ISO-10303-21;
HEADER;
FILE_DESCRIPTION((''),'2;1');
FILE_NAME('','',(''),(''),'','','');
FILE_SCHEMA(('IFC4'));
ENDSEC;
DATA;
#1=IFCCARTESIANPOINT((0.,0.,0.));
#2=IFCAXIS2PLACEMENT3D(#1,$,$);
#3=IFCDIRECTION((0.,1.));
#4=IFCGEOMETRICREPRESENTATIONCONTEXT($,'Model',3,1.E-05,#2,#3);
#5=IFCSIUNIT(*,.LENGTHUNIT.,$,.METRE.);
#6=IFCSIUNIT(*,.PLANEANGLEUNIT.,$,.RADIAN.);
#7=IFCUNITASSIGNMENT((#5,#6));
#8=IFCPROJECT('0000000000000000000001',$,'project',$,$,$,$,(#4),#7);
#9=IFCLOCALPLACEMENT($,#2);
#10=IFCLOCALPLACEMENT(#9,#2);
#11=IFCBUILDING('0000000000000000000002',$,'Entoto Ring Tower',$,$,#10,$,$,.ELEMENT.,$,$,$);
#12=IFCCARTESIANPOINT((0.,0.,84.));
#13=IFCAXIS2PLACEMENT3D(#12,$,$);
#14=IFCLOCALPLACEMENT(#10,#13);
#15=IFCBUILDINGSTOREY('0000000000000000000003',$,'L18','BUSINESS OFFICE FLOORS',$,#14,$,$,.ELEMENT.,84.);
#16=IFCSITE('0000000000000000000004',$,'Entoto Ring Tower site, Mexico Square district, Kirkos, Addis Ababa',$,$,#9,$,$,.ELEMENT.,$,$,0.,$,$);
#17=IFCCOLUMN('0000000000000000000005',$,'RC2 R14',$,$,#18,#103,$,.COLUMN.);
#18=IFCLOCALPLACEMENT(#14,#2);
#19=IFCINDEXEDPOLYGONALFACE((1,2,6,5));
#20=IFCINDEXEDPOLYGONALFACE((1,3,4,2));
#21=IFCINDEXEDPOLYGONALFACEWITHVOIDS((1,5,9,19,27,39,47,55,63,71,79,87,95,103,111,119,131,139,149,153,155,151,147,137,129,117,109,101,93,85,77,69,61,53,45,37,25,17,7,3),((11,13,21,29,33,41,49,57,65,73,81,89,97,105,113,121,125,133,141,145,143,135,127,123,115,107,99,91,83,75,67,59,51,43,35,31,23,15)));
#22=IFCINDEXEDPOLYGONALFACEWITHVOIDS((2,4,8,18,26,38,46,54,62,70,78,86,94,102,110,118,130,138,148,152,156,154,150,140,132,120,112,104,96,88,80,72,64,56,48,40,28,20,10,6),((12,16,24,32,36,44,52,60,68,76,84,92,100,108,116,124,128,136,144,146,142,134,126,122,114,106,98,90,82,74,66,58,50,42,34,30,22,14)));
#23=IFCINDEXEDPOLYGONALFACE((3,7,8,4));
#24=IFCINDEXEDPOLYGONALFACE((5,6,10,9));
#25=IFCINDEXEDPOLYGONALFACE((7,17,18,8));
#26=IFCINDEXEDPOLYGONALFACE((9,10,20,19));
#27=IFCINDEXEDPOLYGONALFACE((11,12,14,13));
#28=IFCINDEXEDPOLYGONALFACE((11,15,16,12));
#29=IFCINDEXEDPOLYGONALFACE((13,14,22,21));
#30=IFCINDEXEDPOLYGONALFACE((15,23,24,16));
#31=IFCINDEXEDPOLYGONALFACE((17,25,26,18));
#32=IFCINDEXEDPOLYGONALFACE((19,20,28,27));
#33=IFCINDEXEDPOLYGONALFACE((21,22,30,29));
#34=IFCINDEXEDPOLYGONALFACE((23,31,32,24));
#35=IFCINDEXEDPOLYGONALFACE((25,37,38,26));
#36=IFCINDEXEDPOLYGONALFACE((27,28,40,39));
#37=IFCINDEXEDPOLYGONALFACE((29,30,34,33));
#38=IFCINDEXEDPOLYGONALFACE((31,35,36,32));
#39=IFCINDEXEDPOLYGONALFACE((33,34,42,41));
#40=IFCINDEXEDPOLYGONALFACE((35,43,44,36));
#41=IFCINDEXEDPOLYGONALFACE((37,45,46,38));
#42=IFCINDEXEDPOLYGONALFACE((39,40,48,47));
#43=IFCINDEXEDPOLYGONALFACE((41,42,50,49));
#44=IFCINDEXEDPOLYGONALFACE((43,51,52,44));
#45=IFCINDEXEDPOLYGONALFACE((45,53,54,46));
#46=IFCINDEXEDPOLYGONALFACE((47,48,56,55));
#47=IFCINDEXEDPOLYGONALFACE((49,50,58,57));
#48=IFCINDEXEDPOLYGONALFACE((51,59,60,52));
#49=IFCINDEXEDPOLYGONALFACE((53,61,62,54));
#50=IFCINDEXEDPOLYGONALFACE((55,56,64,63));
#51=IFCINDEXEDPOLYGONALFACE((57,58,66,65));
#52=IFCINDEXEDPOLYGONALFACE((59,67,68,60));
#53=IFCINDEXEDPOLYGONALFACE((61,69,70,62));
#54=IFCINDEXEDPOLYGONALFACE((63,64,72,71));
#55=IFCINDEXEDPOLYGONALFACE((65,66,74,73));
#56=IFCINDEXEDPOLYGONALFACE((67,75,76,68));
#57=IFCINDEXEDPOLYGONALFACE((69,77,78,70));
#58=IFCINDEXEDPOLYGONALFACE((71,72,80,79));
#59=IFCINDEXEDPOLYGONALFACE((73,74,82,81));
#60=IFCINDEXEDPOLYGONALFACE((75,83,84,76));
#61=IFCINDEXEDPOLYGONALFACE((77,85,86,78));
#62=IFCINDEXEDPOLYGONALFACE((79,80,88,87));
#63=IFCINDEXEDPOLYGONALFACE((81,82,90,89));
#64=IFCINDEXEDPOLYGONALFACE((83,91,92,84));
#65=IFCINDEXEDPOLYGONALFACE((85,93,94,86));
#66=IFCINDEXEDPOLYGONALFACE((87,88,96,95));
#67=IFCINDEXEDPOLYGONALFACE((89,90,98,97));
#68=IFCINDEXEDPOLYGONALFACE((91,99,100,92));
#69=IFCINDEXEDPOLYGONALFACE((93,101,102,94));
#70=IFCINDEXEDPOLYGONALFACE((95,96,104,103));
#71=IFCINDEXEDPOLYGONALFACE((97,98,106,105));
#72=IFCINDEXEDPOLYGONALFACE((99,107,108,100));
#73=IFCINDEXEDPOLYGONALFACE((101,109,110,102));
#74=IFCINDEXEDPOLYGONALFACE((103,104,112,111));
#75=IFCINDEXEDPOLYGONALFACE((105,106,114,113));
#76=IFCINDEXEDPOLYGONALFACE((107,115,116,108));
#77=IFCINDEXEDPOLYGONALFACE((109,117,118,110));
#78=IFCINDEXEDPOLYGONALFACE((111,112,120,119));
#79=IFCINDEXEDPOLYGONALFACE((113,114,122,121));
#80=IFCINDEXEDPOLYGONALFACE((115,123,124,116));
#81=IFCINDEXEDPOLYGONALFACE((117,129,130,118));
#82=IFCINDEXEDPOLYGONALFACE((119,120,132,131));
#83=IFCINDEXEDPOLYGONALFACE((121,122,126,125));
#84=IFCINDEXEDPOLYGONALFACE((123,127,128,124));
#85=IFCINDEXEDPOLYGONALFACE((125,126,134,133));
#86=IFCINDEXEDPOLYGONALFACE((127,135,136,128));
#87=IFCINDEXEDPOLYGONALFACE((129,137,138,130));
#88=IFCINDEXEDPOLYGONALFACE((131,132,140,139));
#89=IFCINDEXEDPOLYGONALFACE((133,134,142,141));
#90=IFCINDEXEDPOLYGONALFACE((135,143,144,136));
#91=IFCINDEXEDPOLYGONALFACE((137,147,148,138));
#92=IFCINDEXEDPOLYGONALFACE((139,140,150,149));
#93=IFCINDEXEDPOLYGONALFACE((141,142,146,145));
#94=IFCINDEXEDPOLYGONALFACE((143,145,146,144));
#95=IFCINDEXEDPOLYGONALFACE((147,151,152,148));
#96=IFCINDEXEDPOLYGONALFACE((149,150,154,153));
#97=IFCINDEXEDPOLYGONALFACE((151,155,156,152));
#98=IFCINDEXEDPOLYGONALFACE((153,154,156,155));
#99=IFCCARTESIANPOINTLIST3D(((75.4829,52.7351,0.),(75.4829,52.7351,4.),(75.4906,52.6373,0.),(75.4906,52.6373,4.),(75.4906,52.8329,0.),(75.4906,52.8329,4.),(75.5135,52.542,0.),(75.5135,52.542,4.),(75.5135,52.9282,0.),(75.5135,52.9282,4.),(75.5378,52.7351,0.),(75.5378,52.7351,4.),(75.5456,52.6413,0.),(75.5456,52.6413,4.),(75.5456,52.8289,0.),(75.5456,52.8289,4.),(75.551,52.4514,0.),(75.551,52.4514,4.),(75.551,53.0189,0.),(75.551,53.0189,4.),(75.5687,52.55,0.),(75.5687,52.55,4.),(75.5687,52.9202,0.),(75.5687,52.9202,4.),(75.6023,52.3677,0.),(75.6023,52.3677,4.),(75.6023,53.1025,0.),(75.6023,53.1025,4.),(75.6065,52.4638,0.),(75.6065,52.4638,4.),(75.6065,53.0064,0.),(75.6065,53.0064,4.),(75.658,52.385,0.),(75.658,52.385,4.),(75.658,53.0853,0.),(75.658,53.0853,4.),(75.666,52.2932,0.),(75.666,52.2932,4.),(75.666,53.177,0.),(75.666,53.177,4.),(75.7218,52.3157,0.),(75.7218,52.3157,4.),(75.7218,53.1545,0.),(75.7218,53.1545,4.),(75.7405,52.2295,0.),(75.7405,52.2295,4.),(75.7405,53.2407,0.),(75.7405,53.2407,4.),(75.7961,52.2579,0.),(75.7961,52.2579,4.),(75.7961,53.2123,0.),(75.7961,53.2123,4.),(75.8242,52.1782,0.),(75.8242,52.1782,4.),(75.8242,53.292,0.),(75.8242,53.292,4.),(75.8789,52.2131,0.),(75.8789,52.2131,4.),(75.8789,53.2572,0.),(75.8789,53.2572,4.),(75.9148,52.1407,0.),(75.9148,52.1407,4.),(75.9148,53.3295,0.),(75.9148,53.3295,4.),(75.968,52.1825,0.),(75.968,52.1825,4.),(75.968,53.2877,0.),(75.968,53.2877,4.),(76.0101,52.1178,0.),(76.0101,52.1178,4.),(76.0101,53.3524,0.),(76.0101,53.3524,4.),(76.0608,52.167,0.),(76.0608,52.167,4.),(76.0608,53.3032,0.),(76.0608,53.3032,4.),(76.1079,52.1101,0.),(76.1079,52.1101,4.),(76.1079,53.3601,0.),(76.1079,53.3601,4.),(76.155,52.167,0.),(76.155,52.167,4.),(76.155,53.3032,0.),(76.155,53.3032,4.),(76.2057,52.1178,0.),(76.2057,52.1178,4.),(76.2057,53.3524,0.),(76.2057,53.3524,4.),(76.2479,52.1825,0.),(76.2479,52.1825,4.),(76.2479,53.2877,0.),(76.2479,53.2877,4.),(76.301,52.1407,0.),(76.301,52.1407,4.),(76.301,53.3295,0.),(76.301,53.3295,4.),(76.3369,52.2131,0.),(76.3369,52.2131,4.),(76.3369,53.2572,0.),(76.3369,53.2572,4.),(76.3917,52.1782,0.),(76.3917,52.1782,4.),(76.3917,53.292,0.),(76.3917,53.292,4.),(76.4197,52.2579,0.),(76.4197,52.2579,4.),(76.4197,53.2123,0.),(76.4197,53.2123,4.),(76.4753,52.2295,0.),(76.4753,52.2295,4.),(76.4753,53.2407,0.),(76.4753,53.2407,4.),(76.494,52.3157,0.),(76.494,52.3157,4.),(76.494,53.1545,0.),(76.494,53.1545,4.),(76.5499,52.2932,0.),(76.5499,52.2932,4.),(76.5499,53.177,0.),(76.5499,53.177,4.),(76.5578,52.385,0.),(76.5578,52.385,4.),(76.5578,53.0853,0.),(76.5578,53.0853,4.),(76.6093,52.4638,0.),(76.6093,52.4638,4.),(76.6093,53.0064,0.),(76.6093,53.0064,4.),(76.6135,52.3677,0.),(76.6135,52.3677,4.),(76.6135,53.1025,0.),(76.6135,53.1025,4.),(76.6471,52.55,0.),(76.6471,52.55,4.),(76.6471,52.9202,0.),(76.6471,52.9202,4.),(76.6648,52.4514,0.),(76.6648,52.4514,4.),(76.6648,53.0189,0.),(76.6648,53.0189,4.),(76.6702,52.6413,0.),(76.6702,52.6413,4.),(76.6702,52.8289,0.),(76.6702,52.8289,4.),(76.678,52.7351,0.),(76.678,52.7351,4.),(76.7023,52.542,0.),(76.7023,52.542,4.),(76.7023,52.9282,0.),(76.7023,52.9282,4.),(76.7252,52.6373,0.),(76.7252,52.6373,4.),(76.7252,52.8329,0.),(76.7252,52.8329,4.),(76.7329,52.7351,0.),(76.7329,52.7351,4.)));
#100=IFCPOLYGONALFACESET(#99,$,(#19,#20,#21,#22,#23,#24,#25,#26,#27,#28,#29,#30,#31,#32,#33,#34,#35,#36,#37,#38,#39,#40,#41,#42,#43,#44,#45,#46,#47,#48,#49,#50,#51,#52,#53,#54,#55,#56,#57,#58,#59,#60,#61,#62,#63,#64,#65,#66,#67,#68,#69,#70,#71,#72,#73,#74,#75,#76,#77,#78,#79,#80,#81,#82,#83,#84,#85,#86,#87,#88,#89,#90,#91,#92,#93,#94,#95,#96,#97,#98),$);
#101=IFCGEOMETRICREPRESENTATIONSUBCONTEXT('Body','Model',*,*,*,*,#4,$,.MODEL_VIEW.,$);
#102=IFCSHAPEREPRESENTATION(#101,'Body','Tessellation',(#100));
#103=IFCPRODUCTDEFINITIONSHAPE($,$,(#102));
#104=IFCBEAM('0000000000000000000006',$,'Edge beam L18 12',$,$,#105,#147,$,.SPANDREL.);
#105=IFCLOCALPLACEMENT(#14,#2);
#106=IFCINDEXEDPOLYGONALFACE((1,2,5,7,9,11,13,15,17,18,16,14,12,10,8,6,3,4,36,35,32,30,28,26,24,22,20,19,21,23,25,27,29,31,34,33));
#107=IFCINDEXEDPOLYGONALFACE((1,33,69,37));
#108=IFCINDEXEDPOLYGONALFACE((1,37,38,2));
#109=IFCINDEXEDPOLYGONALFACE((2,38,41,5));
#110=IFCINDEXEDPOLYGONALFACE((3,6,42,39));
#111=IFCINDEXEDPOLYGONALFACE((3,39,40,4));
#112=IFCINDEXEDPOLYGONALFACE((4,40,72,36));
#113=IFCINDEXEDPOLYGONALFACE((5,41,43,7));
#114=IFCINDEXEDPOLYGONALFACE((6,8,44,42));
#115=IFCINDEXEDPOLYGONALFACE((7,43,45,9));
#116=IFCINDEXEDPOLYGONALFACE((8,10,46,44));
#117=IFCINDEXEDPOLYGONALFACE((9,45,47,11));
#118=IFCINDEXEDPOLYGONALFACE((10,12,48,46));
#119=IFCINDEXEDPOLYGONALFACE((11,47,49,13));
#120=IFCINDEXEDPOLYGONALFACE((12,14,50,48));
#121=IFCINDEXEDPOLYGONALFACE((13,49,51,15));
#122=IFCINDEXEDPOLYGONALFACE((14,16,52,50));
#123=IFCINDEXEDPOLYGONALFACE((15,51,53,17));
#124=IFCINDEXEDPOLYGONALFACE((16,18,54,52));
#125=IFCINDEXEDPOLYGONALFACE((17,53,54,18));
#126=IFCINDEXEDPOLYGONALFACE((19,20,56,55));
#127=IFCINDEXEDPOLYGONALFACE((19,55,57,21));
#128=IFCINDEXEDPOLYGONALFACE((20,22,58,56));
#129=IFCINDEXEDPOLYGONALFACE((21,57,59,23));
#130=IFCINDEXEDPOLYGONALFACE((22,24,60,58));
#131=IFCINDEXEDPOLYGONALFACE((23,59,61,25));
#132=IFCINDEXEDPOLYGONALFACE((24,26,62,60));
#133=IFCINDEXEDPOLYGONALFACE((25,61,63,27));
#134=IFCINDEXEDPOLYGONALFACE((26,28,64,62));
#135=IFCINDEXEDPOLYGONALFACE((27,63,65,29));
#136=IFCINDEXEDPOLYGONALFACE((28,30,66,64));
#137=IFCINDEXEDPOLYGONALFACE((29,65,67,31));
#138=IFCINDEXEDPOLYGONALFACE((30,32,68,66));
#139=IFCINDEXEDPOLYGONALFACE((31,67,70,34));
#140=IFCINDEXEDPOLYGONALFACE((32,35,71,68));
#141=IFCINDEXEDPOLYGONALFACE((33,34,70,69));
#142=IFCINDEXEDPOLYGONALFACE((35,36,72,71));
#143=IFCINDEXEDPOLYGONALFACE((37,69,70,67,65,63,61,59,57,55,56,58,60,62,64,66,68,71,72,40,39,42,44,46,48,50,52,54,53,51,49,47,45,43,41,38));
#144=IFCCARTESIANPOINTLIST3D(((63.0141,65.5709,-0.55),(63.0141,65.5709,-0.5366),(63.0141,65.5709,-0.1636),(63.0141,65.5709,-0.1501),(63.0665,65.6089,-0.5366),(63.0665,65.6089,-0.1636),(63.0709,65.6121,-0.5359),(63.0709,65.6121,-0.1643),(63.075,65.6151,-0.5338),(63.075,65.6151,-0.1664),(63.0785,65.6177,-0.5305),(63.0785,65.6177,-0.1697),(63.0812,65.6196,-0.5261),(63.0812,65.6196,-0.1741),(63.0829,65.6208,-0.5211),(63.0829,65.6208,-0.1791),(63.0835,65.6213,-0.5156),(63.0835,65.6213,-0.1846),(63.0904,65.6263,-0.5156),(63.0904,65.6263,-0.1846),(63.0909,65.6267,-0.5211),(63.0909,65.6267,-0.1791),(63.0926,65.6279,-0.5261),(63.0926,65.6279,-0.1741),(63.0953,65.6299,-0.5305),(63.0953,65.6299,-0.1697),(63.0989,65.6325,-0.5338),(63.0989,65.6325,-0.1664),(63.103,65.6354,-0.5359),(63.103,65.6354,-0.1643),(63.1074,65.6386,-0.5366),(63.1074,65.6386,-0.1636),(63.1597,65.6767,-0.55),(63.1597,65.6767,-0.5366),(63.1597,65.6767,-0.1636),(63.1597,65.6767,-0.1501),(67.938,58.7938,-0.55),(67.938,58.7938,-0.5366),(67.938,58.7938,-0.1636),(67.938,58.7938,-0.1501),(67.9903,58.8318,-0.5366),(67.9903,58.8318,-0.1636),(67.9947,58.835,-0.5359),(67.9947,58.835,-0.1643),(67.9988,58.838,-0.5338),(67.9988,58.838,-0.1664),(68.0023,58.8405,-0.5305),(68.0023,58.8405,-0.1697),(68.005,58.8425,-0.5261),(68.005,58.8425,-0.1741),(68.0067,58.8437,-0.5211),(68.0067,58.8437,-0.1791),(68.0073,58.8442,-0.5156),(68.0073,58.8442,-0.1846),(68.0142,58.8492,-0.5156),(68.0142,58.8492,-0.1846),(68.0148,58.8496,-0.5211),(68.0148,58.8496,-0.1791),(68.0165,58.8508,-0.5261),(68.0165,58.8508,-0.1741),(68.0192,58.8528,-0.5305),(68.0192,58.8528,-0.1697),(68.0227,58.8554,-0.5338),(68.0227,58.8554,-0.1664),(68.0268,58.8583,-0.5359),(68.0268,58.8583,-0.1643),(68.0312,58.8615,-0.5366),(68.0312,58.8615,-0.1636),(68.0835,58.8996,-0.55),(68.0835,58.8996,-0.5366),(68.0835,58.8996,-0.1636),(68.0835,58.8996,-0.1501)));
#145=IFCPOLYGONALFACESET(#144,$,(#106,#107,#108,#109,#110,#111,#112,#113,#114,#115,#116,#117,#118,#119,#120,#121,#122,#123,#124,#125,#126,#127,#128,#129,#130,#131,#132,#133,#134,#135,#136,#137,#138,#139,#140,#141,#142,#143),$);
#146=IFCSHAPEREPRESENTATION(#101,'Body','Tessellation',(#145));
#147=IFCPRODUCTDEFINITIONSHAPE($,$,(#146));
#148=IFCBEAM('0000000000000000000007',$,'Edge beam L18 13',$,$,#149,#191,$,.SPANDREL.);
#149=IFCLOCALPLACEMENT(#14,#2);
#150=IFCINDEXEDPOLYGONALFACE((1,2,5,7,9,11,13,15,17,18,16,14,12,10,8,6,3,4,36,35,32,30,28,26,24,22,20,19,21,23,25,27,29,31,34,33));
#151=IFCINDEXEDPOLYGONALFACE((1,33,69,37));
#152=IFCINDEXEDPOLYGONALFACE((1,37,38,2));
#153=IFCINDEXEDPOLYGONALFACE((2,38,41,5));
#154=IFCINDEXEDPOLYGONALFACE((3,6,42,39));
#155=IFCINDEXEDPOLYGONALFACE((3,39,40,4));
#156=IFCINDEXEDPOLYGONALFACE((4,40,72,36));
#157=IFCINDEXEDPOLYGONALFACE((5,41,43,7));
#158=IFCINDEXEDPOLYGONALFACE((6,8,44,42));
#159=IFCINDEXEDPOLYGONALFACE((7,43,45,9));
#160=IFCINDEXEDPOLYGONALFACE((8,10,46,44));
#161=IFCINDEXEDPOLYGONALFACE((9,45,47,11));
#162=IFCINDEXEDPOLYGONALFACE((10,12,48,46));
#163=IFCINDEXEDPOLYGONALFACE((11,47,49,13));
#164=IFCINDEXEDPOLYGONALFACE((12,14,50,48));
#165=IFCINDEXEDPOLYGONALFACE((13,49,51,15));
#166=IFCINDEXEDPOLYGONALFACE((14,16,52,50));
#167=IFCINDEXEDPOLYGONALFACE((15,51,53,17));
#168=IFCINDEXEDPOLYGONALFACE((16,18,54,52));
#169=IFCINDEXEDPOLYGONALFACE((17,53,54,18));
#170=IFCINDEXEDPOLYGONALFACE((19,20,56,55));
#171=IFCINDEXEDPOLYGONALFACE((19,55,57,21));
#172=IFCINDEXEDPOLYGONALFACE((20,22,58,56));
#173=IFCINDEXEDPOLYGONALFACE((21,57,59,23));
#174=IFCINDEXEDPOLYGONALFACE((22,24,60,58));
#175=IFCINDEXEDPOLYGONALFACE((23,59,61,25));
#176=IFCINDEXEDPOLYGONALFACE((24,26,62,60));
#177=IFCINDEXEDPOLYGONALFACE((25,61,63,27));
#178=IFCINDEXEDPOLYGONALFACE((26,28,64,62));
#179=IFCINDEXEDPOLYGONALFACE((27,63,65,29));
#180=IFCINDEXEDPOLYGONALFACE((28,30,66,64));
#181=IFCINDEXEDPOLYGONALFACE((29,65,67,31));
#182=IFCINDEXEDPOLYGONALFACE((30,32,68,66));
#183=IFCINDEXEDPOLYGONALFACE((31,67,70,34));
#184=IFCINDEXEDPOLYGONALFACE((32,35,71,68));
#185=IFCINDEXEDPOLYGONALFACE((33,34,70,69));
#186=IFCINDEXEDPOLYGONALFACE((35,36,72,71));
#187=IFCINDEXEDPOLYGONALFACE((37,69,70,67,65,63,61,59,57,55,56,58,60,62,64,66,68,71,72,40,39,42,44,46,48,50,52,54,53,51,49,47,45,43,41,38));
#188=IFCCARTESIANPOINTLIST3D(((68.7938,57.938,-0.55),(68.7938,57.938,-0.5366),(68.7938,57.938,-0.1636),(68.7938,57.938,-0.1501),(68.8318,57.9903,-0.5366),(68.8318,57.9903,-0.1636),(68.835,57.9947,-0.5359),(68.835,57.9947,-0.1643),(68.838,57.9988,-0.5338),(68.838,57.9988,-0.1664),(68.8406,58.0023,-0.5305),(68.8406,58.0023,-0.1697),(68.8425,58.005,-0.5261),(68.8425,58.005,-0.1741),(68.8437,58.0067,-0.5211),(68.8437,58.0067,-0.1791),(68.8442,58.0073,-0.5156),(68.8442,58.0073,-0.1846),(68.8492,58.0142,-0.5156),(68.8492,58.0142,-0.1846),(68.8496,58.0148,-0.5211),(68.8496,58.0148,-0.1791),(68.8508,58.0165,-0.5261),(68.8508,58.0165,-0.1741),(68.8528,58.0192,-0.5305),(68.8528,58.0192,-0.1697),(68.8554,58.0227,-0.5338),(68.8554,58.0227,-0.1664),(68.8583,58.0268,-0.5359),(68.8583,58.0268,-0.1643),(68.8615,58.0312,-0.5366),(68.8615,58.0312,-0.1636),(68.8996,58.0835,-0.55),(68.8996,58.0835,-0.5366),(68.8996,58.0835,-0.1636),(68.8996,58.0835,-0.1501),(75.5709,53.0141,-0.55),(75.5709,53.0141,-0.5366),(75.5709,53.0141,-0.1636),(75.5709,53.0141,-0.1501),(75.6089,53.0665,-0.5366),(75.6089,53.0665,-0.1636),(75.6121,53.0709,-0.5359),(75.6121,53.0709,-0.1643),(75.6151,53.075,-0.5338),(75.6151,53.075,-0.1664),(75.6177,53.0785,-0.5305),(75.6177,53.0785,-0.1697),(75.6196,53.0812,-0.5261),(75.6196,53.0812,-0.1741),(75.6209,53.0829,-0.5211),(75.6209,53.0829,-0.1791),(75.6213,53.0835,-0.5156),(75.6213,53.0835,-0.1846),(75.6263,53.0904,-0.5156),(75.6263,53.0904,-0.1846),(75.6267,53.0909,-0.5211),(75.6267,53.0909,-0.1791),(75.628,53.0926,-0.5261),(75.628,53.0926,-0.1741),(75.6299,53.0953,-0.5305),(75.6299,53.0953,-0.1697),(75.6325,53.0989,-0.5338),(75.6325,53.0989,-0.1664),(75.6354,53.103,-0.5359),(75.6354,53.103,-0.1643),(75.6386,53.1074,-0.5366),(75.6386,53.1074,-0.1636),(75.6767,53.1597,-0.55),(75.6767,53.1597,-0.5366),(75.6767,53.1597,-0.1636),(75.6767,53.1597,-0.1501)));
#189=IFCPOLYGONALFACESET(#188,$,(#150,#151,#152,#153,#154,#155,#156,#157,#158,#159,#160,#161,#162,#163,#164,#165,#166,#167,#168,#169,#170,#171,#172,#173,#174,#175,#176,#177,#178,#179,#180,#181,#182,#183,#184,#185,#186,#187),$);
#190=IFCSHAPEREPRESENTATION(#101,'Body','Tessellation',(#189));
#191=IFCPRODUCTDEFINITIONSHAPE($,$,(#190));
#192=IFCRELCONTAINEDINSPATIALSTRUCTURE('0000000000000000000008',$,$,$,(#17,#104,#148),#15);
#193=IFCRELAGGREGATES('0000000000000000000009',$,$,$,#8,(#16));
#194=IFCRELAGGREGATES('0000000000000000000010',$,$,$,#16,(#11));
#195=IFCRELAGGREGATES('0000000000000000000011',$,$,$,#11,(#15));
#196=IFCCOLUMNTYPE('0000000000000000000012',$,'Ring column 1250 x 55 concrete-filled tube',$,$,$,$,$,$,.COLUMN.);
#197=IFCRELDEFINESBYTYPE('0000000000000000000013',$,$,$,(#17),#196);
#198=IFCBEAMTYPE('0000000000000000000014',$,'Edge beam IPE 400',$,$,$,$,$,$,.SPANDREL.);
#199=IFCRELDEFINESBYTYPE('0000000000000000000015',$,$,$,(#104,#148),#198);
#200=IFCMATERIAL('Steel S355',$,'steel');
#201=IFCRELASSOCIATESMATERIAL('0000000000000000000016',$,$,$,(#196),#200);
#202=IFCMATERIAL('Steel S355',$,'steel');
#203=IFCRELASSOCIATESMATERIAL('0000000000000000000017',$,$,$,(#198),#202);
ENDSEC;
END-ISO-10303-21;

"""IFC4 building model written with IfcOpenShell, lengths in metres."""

from ifc_helpers import new_model, si_unit, direction, frame, origin, origin_2d, place, context, subcontext, project, spatial, circle, hollow_circle, i_section, extrude, material, material_profile, profile_set, type_object, element, save


model = new_model("IFC4")

# Units and contexts
model_context = context("Model", 3, precision=1e-05, world=origin(), true_north=direction((0.0, 1.0)))
body_context = subcontext(model_context, "Body", "Model", "MODEL_VIEW")
ifc_project = project(units=[si_unit("LENGTHUNIT", "METRE"), si_unit("PLANEANGLEUNIT", "RADIAN")], contexts=[model_context])

# Site, building, storey
site_placement = place(None, origin())
site = spatial("IfcSite", under=ifc_project, at=site_placement, Name="Entoto Ring Tower site, Mexico Square district, Kirkos, Addis Ababa", CompositionType="ELEMENT", RefElevation=0.0)
building_placement = place(site_placement, origin())
building = spatial("IfcBuilding", under=site, at=building_placement, Name="Entoto Ring Tower", CompositionType="ELEMENT")
storey_placement = place(building_placement, frame((0.0, 0.0, 84.0)))
storey = spatial("IfcBuildingStorey", under=building, at=storey_placement, Name="L18", Description="BUSINESS OFFICE FLOORS", CompositionType="ELEMENT", Elevation=84.0)

# Column
ifc_material_1 = material(Name="Steel S355", Category="steel")
ifc_material_profile_1 = material_profile(ifc_material_1, hollow_circle(Radius=0.625, WallThickness=0.0549, at=origin_2d()), Name="CHS 1250 x 55")
ifc_material_2 = material(Name="Concrete C60/75", Category="concrete")
ifc_material_profile_2 = material_profile(ifc_material_2, circle(Radius=0.5701, at=origin_2d()), Name="Concrete C60/75 infill")
ifc_profile_set_1 = profile_set([ifc_material_profile_1, ifc_material_profile_2], Name="Steel S355")
column_type = type_object("IfcColumnType", Name="Ring column 1250 x 55 concrete-filled tube", PredefinedType="COLUMN", material=ifc_profile_set_1)
for number, where, z_axis, x_axis, name in (
    (1, (76.1079, 52.7351, 0.0), (0.0, 0.0, 1.0), (1.0, 0.0, 0.0), "RC2 R14"),
):
    element("IfcColumn", number, at=place(storey_placement, frame(where, z_axis=z_axis, x_axis=x_axis)), inside=storey, type_object=column_type, Name=name, PredefinedType="COLUMN", context=body_context, shape_type="SweptSolid", body=[
        extrude(hollow_circle(Radius=0.625, WallThickness=0.0549, at=origin_2d()), origin(), (0.0, 0.0, 1.0), 4.0),
    ])

# Beams
ifc_material_3 = material(Name="Steel S355", Category="steel")
ifc_material_profile_3 = material_profile(ifc_material_3, i_section(OverallWidth=0.1799, OverallDepth=0.3999, WebThickness=0.0085, FlangeThickness=0.0134, FilletRadius=0.021, at=origin_2d()), Name="IPE 400")
ifc_profile_set_2 = profile_set([ifc_material_profile_3], Name="Steel S355")
beam_type = type_object("IfcBeamType", Name="Edge beam IPE 400", PredefinedType="SPANDREL", material=ifc_profile_set_2)
for number, where, z_axis, x_axis, name in (
    (2, (63.0869, 65.6238, -0.3501), (0.587783, -0.809018, 0.0), (0.809018, 0.587783, 0.0), "Edge beam L18 12"),
    (3, (68.8467, 58.0107, -0.3501), (0.809018, -0.587783, 0.0), (0.587783, 0.809018, 0.0), "Edge beam L18 13"),
):
    element("IfcBeam", number, at=place(storey_placement, frame(where, z_axis=z_axis, x_axis=x_axis)), inside=storey, type_object=beam_type, Name=name, PredefinedType="SPANDREL", context=body_context, shape_type="SweptSolid", body=[
        extrude(i_section(OverallWidth=0.1799, OverallDepth=0.3999, WebThickness=0.0085, FlangeThickness=0.0134, FilletRadius=0.021, at=origin_2d()), origin(), (0.0, 0.0, 1.0), 8.377),
    ])

save(model, "model.ifc")
